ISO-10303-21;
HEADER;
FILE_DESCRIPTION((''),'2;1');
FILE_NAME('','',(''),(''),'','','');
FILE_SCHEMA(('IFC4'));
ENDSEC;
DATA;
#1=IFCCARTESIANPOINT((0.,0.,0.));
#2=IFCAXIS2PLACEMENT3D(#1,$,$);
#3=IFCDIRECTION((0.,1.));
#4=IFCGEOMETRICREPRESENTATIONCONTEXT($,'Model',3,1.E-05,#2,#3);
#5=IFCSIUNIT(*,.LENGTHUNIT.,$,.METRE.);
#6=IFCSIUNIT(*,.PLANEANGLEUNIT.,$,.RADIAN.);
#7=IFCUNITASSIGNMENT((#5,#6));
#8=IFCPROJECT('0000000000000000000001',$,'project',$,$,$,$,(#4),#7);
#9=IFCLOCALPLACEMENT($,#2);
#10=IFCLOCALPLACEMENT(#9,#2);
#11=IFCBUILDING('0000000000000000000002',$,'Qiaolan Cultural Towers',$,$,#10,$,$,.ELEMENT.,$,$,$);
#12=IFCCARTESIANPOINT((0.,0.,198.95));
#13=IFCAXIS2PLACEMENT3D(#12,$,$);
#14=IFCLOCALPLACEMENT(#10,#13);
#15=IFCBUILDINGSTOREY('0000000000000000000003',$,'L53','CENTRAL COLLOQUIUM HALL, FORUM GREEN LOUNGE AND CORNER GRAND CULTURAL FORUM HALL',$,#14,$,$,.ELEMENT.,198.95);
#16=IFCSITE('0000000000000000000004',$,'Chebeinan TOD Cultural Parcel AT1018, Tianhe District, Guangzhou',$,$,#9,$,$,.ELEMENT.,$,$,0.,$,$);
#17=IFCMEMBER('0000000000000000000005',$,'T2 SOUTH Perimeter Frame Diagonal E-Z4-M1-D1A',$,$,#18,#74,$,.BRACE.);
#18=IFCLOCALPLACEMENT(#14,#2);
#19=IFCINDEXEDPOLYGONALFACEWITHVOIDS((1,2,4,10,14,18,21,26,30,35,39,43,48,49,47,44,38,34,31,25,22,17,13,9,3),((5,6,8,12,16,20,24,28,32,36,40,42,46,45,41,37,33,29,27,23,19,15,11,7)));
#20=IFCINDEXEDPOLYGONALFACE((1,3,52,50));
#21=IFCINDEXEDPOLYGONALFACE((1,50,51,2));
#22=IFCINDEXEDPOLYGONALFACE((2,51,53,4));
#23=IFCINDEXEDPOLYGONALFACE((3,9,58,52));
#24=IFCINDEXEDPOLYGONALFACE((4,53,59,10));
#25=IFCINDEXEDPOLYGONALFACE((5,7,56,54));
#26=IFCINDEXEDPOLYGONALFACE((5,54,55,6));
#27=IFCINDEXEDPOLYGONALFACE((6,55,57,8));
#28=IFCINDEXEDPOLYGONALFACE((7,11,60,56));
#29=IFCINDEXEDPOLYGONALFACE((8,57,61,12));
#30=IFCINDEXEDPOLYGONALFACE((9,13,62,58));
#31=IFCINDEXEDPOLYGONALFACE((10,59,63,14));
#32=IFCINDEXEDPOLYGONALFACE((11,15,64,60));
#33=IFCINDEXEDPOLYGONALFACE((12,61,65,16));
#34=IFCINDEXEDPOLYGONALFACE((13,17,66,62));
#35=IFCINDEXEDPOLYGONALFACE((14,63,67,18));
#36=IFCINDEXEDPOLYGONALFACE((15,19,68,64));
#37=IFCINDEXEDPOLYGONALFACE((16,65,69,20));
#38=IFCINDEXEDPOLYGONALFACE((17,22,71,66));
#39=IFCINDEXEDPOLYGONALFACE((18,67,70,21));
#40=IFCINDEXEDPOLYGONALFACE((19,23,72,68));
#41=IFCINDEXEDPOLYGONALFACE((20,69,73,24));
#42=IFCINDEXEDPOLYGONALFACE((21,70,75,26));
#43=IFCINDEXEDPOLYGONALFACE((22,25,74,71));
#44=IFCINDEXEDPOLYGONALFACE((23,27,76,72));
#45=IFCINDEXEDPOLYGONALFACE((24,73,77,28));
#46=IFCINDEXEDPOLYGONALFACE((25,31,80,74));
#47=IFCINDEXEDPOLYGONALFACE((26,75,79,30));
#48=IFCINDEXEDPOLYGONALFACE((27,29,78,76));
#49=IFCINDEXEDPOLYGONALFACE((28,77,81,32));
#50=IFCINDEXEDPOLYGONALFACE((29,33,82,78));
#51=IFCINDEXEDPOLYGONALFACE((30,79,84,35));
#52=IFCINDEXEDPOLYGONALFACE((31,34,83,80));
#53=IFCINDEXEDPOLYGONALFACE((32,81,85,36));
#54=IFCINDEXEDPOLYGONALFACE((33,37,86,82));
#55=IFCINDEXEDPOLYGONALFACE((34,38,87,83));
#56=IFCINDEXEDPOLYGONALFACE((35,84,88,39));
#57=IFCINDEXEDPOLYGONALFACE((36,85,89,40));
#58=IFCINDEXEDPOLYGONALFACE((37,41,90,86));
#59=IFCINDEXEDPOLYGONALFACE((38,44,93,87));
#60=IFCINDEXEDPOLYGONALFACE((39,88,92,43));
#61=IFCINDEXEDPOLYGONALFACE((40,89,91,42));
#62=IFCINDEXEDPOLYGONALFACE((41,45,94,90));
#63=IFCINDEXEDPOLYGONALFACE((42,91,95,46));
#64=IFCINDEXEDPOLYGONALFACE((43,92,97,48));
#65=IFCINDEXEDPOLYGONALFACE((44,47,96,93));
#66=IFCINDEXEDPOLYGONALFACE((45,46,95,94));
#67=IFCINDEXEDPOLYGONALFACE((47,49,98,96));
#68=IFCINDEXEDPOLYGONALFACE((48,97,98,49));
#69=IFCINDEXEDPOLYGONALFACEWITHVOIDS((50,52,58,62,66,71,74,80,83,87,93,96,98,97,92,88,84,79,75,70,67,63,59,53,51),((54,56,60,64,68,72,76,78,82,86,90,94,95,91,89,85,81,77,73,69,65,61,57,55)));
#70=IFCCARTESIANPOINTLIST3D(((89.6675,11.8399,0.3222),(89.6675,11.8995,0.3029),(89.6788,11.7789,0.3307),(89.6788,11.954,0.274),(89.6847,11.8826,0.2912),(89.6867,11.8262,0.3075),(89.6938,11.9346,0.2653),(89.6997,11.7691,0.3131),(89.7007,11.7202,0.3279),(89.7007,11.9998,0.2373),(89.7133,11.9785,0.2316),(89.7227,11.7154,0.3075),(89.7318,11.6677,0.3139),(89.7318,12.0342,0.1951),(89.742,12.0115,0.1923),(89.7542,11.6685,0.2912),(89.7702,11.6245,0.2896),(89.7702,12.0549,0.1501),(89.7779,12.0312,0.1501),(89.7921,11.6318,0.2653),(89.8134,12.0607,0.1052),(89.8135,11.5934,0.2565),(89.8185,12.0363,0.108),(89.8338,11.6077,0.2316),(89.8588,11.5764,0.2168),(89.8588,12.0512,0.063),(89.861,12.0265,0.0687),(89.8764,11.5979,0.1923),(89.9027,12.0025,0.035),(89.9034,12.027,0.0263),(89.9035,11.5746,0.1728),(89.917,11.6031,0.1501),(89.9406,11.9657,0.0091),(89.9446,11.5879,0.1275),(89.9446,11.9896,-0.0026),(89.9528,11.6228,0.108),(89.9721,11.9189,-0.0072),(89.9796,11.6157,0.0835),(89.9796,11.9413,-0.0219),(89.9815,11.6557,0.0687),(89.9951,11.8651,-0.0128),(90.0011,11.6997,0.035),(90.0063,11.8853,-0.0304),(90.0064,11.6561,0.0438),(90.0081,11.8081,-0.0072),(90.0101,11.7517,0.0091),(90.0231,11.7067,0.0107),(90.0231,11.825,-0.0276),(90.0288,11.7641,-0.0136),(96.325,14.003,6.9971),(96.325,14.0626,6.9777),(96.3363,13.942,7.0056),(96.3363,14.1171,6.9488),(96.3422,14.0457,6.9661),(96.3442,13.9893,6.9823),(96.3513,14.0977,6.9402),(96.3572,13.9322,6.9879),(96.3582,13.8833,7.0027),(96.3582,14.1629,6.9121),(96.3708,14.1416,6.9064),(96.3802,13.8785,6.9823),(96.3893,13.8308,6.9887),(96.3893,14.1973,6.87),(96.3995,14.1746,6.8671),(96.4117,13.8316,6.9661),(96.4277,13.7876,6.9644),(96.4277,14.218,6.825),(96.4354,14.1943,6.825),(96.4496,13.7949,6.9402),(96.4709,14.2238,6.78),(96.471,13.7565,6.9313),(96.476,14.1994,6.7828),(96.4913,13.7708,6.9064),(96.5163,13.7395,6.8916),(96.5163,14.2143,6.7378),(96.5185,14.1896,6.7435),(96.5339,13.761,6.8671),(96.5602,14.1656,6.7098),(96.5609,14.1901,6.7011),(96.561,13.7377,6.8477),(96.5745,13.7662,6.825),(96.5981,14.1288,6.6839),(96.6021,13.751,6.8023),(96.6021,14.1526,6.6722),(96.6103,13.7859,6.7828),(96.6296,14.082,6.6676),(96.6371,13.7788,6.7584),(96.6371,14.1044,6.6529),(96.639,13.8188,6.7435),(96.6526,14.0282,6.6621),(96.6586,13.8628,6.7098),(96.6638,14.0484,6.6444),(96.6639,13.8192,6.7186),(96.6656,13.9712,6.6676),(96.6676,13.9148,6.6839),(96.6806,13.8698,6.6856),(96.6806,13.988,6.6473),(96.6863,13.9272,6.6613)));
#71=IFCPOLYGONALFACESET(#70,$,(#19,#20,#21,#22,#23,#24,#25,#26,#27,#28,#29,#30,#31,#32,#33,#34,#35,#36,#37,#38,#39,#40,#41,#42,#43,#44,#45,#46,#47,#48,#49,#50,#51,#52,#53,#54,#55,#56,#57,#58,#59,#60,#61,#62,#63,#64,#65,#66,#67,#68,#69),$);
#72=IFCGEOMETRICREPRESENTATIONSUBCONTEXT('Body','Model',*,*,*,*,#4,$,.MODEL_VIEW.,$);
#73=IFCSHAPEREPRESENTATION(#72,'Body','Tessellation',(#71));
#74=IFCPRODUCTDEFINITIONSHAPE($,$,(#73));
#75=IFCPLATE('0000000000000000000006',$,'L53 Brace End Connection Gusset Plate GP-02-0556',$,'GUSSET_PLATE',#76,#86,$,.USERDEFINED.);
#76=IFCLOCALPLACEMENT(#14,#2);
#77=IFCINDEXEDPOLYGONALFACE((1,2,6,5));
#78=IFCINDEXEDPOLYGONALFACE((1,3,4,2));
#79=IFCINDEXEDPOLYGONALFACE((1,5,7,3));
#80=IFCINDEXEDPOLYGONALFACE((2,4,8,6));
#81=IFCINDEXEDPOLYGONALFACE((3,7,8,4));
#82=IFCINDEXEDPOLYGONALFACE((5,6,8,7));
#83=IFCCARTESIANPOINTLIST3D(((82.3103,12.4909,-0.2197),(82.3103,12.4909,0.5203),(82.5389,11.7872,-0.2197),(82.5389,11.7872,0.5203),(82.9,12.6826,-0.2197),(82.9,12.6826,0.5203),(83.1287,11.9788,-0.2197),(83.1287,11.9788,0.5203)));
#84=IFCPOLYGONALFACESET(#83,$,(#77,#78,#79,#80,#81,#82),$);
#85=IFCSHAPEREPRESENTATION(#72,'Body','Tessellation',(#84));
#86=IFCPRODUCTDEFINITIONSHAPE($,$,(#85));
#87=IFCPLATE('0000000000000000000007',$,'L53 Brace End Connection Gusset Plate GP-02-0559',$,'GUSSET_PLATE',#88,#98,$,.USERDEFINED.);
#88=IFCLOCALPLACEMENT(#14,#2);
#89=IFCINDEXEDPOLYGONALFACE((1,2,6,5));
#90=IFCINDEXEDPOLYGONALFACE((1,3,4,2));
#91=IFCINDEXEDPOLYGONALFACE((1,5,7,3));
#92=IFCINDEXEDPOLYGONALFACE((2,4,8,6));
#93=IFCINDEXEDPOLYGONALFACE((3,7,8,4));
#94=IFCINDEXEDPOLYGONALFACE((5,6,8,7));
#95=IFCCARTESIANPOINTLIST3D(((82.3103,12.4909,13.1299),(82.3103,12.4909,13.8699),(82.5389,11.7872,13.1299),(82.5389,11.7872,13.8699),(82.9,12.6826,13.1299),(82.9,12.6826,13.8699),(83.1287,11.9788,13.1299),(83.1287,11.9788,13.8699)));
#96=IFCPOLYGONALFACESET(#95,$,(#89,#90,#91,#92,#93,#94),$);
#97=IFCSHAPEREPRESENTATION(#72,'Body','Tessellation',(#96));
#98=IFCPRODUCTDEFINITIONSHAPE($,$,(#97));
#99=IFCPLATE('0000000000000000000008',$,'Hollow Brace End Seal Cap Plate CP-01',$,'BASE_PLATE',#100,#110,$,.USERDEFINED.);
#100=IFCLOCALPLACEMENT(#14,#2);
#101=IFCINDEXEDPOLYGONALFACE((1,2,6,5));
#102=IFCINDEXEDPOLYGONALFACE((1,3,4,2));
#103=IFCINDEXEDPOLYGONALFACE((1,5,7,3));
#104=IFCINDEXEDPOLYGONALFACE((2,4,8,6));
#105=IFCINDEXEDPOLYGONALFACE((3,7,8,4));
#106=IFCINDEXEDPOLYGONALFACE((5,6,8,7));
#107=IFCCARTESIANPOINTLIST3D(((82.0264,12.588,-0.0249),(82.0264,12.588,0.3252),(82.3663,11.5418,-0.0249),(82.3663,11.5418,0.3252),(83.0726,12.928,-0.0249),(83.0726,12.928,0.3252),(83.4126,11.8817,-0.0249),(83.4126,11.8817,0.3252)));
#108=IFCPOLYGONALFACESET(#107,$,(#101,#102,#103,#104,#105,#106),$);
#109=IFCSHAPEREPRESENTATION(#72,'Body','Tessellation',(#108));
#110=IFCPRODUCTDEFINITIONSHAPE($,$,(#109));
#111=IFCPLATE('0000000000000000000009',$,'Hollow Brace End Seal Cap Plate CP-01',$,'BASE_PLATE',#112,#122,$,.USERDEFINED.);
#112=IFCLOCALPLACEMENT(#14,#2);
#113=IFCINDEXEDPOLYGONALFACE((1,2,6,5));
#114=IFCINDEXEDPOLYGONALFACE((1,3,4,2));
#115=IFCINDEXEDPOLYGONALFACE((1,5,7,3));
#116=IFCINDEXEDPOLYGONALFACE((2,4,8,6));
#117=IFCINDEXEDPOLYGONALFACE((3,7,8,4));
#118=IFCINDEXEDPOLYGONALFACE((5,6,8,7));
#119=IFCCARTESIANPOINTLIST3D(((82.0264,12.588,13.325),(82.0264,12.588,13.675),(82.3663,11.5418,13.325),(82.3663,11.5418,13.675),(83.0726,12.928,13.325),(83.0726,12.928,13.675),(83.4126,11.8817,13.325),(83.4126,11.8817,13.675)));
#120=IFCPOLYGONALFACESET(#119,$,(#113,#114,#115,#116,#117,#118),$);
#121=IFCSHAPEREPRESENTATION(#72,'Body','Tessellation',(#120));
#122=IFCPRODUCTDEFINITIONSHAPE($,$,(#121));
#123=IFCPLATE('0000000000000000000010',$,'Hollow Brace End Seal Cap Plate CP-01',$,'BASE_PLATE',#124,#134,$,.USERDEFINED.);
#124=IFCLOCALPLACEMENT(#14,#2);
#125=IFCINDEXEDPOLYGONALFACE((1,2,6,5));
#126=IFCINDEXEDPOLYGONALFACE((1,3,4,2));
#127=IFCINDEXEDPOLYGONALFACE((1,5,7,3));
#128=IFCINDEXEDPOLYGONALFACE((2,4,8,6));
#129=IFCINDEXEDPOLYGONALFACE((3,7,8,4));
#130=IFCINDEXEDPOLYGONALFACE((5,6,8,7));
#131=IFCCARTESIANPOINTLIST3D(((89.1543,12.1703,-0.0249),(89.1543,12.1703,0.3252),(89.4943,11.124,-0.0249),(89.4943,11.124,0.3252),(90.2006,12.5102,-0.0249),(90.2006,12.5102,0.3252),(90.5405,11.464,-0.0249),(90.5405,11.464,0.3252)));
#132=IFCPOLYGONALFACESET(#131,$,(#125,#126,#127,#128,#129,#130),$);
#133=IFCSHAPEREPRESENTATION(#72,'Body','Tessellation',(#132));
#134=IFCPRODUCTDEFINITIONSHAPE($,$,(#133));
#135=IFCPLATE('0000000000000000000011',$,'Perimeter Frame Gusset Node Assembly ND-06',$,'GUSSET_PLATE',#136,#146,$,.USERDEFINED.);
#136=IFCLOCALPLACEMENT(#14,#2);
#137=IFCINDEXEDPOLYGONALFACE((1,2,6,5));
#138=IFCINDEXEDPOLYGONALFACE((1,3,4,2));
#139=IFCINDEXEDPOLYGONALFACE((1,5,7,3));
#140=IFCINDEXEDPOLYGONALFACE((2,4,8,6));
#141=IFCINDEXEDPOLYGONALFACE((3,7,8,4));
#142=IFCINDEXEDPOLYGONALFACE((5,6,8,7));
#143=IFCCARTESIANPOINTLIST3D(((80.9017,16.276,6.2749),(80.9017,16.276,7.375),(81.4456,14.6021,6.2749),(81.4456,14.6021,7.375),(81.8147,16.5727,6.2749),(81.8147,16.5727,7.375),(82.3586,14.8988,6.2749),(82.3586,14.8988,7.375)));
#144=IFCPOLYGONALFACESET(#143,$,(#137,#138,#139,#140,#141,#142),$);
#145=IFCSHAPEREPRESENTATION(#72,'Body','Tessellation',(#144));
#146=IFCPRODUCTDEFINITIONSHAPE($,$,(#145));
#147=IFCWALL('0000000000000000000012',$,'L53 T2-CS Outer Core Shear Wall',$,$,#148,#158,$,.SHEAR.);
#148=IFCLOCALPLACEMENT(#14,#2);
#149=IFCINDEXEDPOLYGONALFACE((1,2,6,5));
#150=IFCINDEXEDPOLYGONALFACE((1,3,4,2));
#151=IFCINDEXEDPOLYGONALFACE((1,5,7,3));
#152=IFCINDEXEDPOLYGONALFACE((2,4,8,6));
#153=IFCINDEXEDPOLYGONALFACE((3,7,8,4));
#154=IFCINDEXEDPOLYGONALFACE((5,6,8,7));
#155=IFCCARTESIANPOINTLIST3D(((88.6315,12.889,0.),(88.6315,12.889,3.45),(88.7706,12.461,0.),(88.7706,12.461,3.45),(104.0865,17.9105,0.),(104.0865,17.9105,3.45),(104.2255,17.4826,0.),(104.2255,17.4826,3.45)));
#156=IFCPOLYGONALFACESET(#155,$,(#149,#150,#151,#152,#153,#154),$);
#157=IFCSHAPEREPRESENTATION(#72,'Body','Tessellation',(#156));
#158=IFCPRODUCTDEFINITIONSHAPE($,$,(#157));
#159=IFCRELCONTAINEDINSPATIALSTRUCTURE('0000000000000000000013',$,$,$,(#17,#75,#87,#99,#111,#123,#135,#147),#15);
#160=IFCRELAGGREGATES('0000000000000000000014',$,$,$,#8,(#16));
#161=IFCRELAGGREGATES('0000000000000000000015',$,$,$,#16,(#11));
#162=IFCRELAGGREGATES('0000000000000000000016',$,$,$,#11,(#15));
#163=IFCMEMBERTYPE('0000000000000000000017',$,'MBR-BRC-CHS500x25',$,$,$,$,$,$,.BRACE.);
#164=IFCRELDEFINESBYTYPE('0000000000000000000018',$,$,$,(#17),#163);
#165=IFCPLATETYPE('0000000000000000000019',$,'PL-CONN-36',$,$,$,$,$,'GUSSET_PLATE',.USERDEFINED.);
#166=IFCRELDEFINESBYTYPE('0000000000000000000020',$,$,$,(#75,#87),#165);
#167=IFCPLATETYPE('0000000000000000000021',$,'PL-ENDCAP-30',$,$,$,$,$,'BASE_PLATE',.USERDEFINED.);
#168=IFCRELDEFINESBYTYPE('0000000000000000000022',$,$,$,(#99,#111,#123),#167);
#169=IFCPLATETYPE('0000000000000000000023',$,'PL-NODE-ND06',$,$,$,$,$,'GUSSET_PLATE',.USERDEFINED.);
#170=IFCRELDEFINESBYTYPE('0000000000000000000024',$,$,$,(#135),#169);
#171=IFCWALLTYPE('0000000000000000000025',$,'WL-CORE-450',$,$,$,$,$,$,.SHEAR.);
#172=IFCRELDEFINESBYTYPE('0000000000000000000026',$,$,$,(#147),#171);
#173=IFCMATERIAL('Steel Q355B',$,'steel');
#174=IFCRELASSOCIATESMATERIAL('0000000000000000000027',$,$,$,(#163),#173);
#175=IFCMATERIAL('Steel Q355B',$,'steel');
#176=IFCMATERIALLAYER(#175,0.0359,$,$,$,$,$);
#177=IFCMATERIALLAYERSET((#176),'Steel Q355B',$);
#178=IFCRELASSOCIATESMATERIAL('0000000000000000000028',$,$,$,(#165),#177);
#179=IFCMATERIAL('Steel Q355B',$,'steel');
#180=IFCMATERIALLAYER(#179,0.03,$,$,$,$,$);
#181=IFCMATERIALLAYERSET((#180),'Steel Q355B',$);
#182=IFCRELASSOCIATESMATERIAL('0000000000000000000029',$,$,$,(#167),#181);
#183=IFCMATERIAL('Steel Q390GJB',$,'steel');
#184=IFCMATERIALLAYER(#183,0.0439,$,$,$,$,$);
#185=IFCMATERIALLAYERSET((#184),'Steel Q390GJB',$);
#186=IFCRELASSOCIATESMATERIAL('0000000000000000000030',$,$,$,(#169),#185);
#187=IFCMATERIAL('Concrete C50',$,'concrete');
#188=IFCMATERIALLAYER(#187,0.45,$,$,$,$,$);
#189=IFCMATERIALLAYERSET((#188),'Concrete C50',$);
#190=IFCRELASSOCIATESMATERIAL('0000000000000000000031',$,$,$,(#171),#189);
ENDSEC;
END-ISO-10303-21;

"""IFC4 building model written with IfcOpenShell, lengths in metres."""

from ifc_helpers import new_model, si_unit, direction, frame, frame_2d, origin, origin_2d, place, context, subcontext, project, spatial, rectangle, hollow_circle, extrude, material, layer, layer_set, material_profile, profile_set, type_object, element, save


model = new_model("IFC4")

# Units and contexts
model_context = context("Model", 3, precision=1e-05, world=origin(), true_north=direction((0.0, 1.0)))
body_context = subcontext(model_context, "Body", "Model", "MODEL_VIEW")
ifc_project = project(units=[si_unit("LENGTHUNIT", "METRE"), si_unit("PLANEANGLEUNIT", "RADIAN")], contexts=[model_context])

# Site, building, storey
site_placement = place(None, origin())
site = spatial("IfcSite", under=ifc_project, at=site_placement, Name="Chebeinan TOD Cultural Parcel AT1018, Tianhe District, Guangzhou", CompositionType="ELEMENT", RefElevation=0.0)
building_placement = place(site_placement, origin())
building = spatial("IfcBuilding", under=site, at=building_placement, Name="Qiaolan Cultural Towers", CompositionType="ELEMENT")
storey_placement = place(building_placement, frame((0.0, 0.0, 198.95)))
storey = spatial("IfcBuildingStorey", under=building, at=storey_placement, Name="L53", Description="CENTRAL COLLOQUIUM HALL, FORUM GREEN LOUNGE AND CORNER GRAND CULTURAL FORUM HALL", CompositionType="ELEMENT", Elevation=198.95)

# Member
ifc_material_1 = material(Name="Steel Q355B", Category="steel")
ifc_material_profile_1 = material_profile(ifc_material_1, hollow_circle(Radius=0.25, WallThickness=0.0249, at=origin_2d()), Name="CHS500x25")
ifc_profile_set_1 = profile_set([ifc_material_profile_1], Name="Steel Q355B")
member_type = type_object("IfcMemberType", Name="MBR-BRC-CHS500x25", PredefinedType="BRACE", material=ifc_profile_set_1)
member_1_placement = place(storey_placement, frame((89.8474, 11.8171, 0.1501), z_axis=(0.688301, 0.223637, 0.690093), x_axis=(-0.30901, 0.951059, 0.0)))
element("IfcMember", 1, at=member_1_placement, inside=storey, type_object=member_type, Name="T2 SOUTH Perimeter Frame Diagonal E-Z4-M1-D1A", PredefinedType="BRACE", context=body_context, shape_type="SweptSolid", body=[
    extrude(hollow_circle(Radius=0.25, WallThickness=0.0249, at=origin_2d()), origin(), (0.0, 0.0, 1.0), 9.6724),
])

# Plates
ifc_material_2 = material(Name="Steel Q355B", Category="steel")
ifc_layer_1 = layer(ifc_material_2, 0.0359)
ifc_layer_set_1 = layer_set([ifc_layer_1], Name="Steel Q355B")
plate_type_1 = type_object("IfcPlateType", Name="PL-CONN-36", ElementType="GUSSET_PLATE", PredefinedType="USERDEFINED", material=ifc_layer_set_1)
for number, where, z_axis, x_axis, name in (
    (2, (82.7195, 12.2349, -0.2197), (0.0, 0.0, 1.0), (-0.309017, 0.951057, 0.0), "L53 Brace End Connection Gusset Plate GP-02-0556"),
    (3, (82.7195, 12.2349, 13.1299), (0.0, 0.0, 1.0), (-0.309017, 0.951057, 0.0), "L53 Brace End Connection Gusset Plate GP-02-0559"),
):
    element("IfcPlate", number, at=place(storey_placement, frame(where, z_axis=z_axis, x_axis=x_axis)), inside=storey, type_object=plate_type_1, Name=name, ObjectType="GUSSET_PLATE", PredefinedType="USERDEFINED", context=body_context, shape_type="SweptSolid", body=[
        extrude(rectangle(XDim=0.74, YDim=0.6201, at=origin_2d()), origin(), (0.0, 0.0, 1.0), 0.74),
    ])
ifc_material_3 = material(Name="Steel Q355B", Category="steel")
ifc_layer_2 = layer(ifc_material_3, 0.03)
ifc_layer_set_2 = layer_set([ifc_layer_2], Name="Steel Q355B")
plate_type_2 = type_object("IfcPlateType", Name="PL-ENDCAP-30", ElementType="BASE_PLATE", PredefinedType="USERDEFINED", material=ifc_layer_set_2)
for number, where, z_axis, x_axis, name in (
    (4, (82.7195, 12.2349, -0.0249), (0.0, 0.0, 1.0), (-0.309017, 0.951057, 0.0), "Hollow Brace End Seal Cap Plate CP-01"),
    (5, (82.7195, 12.2349, 13.325), (0.0, 0.0, 1.0), (-0.309017, 0.951057, 0.0), "Hollow Brace End Seal Cap Plate CP-01"),
    (6, (89.8474, 11.8171, -0.0249), (0.0, 0.0, 1.0), (0.951057, 0.309017, 0.0), "Hollow Brace End Seal Cap Plate CP-01"),
):
    element("IfcPlate", number, at=place(storey_placement, frame(where, z_axis=z_axis, x_axis=x_axis)), inside=storey, type_object=plate_type_2, Name=name, ObjectType="BASE_PLATE", PredefinedType="USERDEFINED", context=body_context, shape_type="SweptSolid", body=[
        extrude(rectangle(XDim=1.1001, YDim=1.1001, at=origin_2d()), origin(), (0.0, 0.0, 1.0), 0.3501),
    ])
ifc_material_4 = material(Name="Steel Q390GJB", Category="steel")
ifc_layer_3 = layer(ifc_material_4, 0.0439)
ifc_layer_set_3 = layer_set([ifc_layer_3], Name="Steel Q390GJB")
plate_type_3 = type_object("IfcPlateType", Name="PL-NODE-ND06", ElementType="GUSSET_PLATE", PredefinedType="USERDEFINED", material=ifc_layer_set_3)
plate_placement = place(storey_placement, frame((81.6301, 15.5874, 6.2749), z_axis=(0.0, 0.0, 1.0), x_axis=(-0.309017, 0.951057, 0.0)))
element("IfcPlate", 7, at=plate_placement, inside=storey, type_object=plate_type_3, Name="Perimeter Frame Gusset Node Assembly ND-06", ObjectType="GUSSET_PLATE", PredefinedType="USERDEFINED", context=body_context, shape_type="SweptSolid", body=[
    extrude(rectangle(XDim=1.76, YDim=0.96, at=origin_2d()), origin(), (0.0, 0.0, 1.0), 1.1001),
])

# Wall
ifc_material_5 = material(Name="Concrete C50", Category="concrete")
ifc_layer_4 = layer(ifc_material_5, 0.45)
ifc_layer_set_4 = layer_set([ifc_layer_4], Name="Concrete C50")
wall_type_1 = type_object("IfcWallType", Name="WL-CORE-450", PredefinedType="SHEAR", material=ifc_layer_set_4)
wall_1_placement = place(storey_placement, frame((88.7012, 12.675, 0.0), z_axis=(0.0, 0.0, 1.0), x_axis=(0.951058, 0.309012, 0.0)))
element("IfcWall", 8, at=wall_1_placement, inside=storey, type_object=wall_type_1, Name="L53 T2-CS Outer Core Shear Wall", PredefinedType="SHEAR", context=body_context, shape_type="SweptSolid", body=[
    extrude(rectangle(XDim=16.2502, YDim=0.45, at=frame_2d((8.125, 0.0))), origin(), (0.0, 0.0, 1.0), 3.45),
])

save(model, "model.ifc")
